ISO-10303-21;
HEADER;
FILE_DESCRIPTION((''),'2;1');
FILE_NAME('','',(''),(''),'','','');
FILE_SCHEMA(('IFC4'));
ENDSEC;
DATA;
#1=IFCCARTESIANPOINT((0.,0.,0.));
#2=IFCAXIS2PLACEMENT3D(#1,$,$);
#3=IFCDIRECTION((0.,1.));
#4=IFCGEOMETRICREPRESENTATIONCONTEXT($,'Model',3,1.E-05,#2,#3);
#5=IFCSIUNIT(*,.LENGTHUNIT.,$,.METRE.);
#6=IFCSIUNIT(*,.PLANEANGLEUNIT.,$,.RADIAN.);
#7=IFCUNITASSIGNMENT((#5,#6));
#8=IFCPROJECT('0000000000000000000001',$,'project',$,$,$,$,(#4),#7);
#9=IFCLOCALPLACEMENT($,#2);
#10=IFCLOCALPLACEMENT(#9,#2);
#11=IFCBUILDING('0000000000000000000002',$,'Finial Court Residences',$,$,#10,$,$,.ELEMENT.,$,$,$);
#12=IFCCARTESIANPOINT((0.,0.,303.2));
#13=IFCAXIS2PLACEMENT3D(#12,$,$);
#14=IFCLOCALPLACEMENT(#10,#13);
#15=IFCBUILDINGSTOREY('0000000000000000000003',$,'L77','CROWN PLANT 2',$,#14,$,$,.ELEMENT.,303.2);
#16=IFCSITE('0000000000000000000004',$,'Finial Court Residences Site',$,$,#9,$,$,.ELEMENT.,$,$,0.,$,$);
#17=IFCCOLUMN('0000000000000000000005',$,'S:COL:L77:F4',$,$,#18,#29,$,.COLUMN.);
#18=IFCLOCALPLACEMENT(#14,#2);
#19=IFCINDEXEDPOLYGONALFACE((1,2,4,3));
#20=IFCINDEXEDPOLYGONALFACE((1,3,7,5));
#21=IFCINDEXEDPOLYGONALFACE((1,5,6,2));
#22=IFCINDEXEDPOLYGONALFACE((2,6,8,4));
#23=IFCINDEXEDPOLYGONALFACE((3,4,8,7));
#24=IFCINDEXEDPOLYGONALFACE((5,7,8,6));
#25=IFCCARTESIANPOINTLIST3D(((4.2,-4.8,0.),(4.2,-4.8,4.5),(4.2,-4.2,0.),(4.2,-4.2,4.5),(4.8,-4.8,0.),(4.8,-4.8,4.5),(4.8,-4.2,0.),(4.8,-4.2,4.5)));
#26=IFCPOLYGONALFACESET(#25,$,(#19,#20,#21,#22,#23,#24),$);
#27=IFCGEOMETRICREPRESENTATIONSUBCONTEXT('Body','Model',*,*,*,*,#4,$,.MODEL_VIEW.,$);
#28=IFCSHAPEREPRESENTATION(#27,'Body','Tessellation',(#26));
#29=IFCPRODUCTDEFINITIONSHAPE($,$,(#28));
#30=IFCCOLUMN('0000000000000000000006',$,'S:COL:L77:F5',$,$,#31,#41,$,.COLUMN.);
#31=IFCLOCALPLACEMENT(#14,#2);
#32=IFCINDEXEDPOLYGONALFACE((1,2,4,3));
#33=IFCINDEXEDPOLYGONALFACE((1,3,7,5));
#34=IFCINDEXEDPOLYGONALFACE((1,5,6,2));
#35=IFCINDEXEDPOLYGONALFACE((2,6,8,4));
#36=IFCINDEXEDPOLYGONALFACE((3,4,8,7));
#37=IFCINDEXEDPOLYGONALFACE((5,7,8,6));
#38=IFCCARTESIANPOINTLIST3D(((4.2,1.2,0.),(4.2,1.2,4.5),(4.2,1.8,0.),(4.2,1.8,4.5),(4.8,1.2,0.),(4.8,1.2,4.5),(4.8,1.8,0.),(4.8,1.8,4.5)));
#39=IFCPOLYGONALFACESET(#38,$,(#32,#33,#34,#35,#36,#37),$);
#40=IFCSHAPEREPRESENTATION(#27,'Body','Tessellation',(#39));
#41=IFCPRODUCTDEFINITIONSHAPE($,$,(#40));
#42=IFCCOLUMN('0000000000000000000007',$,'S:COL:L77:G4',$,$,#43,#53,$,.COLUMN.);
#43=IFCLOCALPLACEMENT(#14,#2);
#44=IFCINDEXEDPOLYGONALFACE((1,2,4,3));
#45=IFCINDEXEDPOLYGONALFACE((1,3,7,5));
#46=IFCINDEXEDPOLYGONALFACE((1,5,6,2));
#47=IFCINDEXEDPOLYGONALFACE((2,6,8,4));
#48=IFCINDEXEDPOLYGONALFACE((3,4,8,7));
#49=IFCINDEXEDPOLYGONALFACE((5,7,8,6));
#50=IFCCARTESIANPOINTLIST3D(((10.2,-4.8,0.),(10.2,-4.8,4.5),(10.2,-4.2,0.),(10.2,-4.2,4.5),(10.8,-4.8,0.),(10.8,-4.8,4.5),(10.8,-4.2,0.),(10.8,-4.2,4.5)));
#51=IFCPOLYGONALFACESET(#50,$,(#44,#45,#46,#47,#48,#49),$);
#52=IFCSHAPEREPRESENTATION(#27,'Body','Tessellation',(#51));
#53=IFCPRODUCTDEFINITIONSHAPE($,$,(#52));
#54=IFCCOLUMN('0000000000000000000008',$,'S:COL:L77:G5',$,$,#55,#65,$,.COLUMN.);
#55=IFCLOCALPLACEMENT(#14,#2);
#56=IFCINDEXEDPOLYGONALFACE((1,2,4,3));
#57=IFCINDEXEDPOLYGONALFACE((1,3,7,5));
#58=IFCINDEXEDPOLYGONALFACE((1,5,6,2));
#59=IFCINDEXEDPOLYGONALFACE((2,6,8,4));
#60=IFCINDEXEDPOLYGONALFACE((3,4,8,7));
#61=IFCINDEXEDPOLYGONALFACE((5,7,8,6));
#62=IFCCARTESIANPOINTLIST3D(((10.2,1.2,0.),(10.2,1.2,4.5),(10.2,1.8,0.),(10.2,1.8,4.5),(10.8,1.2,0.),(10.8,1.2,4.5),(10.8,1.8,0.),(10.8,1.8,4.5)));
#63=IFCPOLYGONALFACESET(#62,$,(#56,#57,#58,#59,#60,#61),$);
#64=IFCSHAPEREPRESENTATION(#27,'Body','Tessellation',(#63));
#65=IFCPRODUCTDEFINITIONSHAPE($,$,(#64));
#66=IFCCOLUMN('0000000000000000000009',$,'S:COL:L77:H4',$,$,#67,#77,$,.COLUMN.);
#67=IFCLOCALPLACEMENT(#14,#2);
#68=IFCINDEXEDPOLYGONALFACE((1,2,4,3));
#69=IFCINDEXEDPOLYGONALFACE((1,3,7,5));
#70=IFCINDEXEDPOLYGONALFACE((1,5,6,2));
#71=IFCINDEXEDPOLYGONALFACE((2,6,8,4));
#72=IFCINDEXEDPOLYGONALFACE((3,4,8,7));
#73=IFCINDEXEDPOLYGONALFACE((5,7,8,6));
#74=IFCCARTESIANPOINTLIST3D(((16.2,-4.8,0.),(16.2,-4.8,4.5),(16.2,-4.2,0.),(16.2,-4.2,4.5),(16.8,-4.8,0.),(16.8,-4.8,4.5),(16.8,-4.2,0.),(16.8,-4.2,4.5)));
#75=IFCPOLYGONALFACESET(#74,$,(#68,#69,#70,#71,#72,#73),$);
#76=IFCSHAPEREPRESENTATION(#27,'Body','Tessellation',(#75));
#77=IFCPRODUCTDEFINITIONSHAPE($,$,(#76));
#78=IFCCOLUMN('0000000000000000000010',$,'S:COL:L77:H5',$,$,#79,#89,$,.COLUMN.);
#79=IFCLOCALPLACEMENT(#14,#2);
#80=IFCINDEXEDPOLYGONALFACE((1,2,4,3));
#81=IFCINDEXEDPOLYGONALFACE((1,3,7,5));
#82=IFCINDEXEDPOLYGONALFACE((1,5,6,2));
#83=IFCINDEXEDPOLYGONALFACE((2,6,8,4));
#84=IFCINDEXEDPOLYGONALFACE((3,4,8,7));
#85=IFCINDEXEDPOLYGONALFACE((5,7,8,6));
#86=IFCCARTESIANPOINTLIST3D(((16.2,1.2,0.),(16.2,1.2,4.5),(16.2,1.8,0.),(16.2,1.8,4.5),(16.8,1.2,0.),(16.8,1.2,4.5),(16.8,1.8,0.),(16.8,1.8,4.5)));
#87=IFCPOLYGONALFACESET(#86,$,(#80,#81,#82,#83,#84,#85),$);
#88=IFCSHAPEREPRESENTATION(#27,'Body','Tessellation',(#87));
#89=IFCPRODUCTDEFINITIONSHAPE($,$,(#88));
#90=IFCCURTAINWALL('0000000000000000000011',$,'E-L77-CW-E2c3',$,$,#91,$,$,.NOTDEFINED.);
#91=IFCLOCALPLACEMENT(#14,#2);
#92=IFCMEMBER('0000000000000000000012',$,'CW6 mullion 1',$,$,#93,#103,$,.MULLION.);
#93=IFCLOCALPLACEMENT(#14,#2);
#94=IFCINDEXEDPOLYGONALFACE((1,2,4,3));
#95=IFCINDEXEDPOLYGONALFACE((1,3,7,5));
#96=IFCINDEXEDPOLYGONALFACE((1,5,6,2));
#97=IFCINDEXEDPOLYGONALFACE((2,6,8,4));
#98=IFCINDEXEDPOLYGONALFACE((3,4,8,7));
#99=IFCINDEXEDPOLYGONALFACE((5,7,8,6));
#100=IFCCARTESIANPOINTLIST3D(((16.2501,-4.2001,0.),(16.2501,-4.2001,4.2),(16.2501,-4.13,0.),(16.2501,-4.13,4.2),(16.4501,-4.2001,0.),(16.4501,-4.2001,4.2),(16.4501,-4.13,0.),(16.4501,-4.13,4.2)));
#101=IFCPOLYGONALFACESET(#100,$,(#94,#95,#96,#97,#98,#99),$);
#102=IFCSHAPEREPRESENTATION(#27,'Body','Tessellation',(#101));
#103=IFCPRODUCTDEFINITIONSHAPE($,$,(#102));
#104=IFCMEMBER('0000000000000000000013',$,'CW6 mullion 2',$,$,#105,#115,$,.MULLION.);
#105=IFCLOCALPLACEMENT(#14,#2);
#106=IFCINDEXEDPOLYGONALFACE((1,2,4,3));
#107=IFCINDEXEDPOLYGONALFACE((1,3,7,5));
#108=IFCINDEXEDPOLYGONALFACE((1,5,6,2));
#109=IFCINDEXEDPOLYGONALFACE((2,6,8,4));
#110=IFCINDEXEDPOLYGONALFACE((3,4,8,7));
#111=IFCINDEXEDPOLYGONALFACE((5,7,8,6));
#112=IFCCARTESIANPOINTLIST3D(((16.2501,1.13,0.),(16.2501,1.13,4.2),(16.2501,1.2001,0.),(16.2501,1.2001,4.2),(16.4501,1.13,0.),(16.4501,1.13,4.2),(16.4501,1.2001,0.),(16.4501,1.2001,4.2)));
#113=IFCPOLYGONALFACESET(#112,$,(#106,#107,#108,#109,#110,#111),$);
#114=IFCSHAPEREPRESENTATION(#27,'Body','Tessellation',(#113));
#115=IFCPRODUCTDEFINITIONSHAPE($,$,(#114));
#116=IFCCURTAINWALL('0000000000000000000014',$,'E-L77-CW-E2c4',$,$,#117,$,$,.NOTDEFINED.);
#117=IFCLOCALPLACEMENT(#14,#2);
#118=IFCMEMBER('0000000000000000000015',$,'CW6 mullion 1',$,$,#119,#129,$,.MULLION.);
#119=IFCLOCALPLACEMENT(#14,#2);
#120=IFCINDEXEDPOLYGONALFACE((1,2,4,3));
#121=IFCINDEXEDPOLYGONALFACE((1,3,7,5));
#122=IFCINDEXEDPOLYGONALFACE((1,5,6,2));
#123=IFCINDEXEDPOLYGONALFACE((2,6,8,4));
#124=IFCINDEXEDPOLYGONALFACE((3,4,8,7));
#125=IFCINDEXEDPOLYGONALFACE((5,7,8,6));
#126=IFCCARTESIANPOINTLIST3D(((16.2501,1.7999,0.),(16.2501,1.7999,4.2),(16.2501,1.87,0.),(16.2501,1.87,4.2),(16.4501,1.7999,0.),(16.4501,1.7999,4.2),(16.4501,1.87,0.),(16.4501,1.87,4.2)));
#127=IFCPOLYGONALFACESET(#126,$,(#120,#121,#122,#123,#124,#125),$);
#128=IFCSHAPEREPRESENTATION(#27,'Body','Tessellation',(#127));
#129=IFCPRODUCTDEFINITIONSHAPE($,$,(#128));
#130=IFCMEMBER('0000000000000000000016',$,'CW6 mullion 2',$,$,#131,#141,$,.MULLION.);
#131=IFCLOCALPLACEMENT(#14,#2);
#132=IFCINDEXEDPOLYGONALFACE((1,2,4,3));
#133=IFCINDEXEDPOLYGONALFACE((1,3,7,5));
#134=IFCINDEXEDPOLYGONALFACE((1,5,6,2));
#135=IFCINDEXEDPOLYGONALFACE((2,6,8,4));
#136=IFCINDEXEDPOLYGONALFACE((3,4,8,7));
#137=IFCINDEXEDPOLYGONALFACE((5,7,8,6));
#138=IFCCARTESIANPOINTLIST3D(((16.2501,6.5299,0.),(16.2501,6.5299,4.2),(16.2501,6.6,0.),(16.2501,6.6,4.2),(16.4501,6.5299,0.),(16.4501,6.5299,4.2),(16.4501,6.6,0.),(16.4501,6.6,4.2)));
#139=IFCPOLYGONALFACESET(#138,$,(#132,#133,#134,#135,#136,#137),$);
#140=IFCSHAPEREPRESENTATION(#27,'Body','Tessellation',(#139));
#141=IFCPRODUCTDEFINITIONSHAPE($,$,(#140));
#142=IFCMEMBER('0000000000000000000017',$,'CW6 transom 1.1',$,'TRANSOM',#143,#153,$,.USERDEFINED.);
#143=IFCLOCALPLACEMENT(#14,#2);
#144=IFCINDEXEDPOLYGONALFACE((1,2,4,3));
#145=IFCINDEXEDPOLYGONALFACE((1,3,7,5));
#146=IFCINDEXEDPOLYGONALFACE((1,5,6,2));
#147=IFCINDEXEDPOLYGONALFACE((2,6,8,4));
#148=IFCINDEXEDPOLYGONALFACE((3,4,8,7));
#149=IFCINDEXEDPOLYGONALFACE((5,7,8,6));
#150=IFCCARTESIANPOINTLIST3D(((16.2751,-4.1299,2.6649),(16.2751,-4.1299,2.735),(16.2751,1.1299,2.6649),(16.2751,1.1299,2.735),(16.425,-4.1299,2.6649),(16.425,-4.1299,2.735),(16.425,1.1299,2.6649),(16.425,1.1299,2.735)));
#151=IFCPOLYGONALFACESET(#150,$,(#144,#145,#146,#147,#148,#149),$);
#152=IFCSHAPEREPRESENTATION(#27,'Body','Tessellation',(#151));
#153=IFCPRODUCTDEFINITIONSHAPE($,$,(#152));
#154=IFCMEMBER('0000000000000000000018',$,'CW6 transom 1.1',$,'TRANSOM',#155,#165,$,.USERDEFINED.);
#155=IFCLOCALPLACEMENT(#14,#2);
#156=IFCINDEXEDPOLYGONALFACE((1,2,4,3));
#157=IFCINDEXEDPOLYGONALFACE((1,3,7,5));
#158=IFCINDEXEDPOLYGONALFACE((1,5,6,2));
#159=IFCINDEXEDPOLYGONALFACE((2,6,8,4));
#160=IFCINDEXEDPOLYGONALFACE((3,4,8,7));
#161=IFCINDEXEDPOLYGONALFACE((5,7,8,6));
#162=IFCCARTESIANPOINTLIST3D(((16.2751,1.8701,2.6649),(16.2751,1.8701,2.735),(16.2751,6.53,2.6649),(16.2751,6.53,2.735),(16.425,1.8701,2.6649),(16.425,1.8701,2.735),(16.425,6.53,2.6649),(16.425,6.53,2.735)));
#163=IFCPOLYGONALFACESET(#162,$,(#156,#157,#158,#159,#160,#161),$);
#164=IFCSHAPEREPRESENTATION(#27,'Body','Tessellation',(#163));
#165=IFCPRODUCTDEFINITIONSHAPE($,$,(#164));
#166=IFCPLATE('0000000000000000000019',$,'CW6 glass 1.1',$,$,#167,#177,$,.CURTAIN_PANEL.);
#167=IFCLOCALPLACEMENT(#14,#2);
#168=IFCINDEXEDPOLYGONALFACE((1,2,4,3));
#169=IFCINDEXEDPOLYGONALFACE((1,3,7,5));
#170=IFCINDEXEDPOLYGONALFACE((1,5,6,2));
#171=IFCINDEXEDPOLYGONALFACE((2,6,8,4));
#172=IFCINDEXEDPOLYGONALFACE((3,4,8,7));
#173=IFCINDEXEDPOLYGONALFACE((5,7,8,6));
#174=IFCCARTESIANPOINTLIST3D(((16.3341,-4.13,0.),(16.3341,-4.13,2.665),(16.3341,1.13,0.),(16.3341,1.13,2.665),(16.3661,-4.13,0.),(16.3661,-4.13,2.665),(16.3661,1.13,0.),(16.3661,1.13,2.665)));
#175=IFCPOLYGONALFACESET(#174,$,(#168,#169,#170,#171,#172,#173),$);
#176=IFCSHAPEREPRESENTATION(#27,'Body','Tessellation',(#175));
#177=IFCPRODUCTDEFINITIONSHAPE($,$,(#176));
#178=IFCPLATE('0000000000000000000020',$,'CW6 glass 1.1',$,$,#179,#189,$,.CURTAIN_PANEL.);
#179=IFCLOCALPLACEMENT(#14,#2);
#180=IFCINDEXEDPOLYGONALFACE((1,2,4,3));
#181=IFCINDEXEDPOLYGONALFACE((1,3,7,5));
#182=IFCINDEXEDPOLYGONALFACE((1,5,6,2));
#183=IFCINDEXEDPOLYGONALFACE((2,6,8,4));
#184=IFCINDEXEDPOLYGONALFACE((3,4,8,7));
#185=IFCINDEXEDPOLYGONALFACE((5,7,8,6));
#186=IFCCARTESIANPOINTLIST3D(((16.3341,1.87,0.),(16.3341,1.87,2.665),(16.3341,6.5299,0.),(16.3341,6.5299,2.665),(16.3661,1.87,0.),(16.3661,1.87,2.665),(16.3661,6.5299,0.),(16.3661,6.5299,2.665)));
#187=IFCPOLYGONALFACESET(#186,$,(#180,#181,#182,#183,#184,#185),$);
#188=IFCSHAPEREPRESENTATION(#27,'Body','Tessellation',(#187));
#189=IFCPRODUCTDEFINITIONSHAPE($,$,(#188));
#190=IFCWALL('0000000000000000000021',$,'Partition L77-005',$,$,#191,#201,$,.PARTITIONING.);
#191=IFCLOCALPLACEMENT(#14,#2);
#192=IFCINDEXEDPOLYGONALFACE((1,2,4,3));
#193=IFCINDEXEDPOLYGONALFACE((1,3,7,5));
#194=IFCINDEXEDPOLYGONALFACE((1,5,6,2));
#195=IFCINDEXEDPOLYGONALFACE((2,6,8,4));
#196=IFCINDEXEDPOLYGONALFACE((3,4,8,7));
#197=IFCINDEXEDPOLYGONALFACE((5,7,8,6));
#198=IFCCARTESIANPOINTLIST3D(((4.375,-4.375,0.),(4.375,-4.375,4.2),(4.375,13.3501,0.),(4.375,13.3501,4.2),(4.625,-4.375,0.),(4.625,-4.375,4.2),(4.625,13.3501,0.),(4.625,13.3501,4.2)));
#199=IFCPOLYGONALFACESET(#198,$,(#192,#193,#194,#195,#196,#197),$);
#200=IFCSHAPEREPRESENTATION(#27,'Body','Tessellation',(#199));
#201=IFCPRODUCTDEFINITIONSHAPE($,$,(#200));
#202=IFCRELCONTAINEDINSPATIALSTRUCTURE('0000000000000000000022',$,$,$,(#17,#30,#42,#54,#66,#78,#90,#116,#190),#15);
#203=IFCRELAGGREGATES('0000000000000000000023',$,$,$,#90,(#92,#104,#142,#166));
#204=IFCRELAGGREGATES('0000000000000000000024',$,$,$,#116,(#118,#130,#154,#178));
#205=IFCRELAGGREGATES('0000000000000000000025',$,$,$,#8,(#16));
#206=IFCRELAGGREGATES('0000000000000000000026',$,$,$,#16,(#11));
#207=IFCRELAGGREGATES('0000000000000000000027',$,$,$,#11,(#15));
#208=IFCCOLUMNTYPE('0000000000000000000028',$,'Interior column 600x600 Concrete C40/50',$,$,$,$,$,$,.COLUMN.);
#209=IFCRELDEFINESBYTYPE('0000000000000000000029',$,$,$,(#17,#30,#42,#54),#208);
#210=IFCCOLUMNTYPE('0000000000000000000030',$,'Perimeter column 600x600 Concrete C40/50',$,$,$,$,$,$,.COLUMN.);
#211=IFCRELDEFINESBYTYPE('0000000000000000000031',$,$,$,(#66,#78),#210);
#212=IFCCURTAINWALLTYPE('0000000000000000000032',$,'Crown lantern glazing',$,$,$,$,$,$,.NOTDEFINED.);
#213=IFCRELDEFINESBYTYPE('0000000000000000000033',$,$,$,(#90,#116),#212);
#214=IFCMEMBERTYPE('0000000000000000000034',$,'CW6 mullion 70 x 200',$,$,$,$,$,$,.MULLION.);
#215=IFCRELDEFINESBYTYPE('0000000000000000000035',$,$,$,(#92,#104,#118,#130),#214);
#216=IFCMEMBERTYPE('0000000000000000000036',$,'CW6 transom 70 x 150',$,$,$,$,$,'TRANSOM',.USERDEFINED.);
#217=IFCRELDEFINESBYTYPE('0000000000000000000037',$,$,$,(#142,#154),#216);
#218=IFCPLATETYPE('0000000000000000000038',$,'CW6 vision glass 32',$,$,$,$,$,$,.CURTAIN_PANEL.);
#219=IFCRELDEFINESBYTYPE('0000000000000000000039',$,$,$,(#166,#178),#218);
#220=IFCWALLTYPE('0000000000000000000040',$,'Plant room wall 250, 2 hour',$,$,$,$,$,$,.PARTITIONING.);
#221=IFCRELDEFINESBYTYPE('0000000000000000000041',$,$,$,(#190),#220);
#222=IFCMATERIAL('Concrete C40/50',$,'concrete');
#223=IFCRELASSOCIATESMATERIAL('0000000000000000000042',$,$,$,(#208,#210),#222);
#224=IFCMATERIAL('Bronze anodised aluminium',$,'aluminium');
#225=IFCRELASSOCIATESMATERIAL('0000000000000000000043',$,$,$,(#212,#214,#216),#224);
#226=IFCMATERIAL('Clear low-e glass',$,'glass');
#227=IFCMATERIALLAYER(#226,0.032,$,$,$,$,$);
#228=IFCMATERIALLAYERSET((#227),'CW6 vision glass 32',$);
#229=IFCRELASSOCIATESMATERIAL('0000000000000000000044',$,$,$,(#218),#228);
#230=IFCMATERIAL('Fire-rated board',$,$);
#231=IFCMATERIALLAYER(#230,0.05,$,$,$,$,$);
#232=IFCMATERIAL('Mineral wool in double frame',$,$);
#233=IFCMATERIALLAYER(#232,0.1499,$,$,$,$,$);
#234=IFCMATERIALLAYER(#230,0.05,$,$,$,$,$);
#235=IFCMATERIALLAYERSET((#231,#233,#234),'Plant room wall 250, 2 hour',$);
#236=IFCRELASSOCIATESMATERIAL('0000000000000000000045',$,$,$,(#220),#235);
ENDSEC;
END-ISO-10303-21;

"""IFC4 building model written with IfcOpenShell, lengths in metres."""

from ifc_helpers import new_model, si_unit, direction, frame, frame_2d, origin, origin_2d, place, context, subcontext, project, spatial, rectangle, extrude, material, layer, layer_set, material_profile, profile_set, type_object, element, aggregate, save


model = new_model("IFC4")

# Units and contexts
model_context = context("Model", 3, precision=1e-05, world=origin(), true_north=direction((0.0, 1.0)))
body_context = subcontext(model_context, "Body", "Model", "MODEL_VIEW")
ifc_project = project(units=[si_unit("LENGTHUNIT", "METRE"), si_unit("PLANEANGLEUNIT", "RADIAN")], contexts=[model_context])

# Site, building, storey
site_placement = place(None, origin())
site = spatial("IfcSite", under=ifc_project, at=site_placement, Name="Finial Court Residences Site", CompositionType="ELEMENT", RefElevation=0.0)
building_placement = place(site_placement, origin())
building = spatial("IfcBuilding", under=site, at=building_placement, Name="Finial Court Residences", CompositionType="ELEMENT")
storey_placement = place(building_placement, frame((0.0, 0.0, 303.2)))
storey = spatial("IfcBuildingStorey", under=building, at=storey_placement, Name="L77", Description="CROWN PLANT 2", CompositionType="ELEMENT", Elevation=303.2)

# Columns
ifc_material_1 = material(Name="Concrete C40/50", Category="concrete")
ifc_material_profile_1 = material_profile(ifc_material_1, rectangle(XDim=0.6001, YDim=0.6001, at=origin_2d()), Name="600x600")
ifc_profile_set_1 = profile_set([ifc_material_profile_1], Name="Concrete C40/50")
column_type_1 = type_object("IfcColumnType", Name="Interior column 600x600 Concrete C40/50", PredefinedType="COLUMN", material=ifc_profile_set_1)
for number, where, z_axis, x_axis, name in (
    (1, (4.5, -4.5, 0.0), (0.0, 0.0, 1.0), (1.0, 0.0, 0.0), "S:COL:L77:F4"),
    (2, (4.5, 1.5, 0.0), (0.0, 0.0, 1.0), (1.0, 0.0, 0.0), "S:COL:L77:F5"),
    (3, (10.5, -4.5, 0.0), (0.0, 0.0, 1.0), (1.0, 0.0, 0.0), "S:COL:L77:G4"),
    (4, (10.5, 1.5, 0.0), (0.0, 0.0, 1.0), (1.0, 0.0, 0.0), "S:COL:L77:G5"),
):
    element("IfcColumn", number, at=place(storey_placement, frame(where, z_axis=z_axis, x_axis=x_axis)), inside=storey, type_object=column_type_1, Name=name, PredefinedType="COLUMN", context=body_context, shape_type="SweptSolid", body=[
        extrude(rectangle(XDim=0.6001, YDim=0.6001, at=origin_2d()), origin(), (0.0, 0.0, 1.0), 4.5),
    ])
ifc_material_profile_2 = material_profile(ifc_material_1, rectangle(XDim=0.6001, YDim=0.6001, at=origin_2d()), Name="600x600")
ifc_profile_set_2 = profile_set([ifc_material_profile_2], Name="Concrete C40/50")
column_type_2 = type_object("IfcColumnType", Name="Perimeter column 600x600 Concrete C40/50", PredefinedType="COLUMN", material=ifc_profile_set_2)
for number, where, z_axis, x_axis, name in (
    (5, (16.5, -4.5, 0.0), (0.0, 0.0, 1.0), (1.0, 0.0, 0.0), "S:COL:L77:H4"),
    (6, (16.5, 1.5, 0.0), (0.0, 0.0, 1.0), (1.0, 0.0, 0.0), "S:COL:L77:H5"),
):
    element("IfcColumn", number, at=place(storey_placement, frame(where, z_axis=z_axis, x_axis=x_axis)), inside=storey, type_object=column_type_2, Name=name, PredefinedType="COLUMN", context=body_context, shape_type="SweptSolid", body=[
        extrude(rectangle(XDim=0.6001, YDim=0.6001, at=origin_2d()), origin(), (0.0, 0.0, 1.0), 4.5),
    ])

# Curtain walls, members
ifc_material_2 = material(Name="Bronze anodised aluminium", Category="aluminium")
curtain_wall_type = type_object("IfcCurtainWallType", Name="Crown lantern glazing", PredefinedType="NOTDEFINED", material=ifc_material_2)
curtain_wall_1_placement = place(storey_placement, origin())
curtain_wall_1 = element("IfcCurtainWall", 7, at=curtain_wall_1_placement, inside=storey, type_object=curtain_wall_type, Name="E-L77-CW-E2c3", PredefinedType="NOTDEFINED")
ifc_material_profile_3 = material_profile(ifc_material_2, rectangle(XDim=0.2, YDim=0.0701, at=origin_2d()), Name="CW6 mullion 70 x 200")
ifc_profile_set_3 = profile_set([ifc_material_profile_3], Name="Bronze anodised aluminium")
member_type_1 = type_object("IfcMemberType", Name="CW6 mullion 70 x 200", PredefinedType="MULLION", material=ifc_profile_set_3)
member_1_placement = place(storey_placement, frame((16.3501, -4.165, 0.0), z_axis=(0.0, 0.0, 1.0), x_axis=(-1.0, 0.0, 0.0)))
member_1 = element("IfcMember", 8, at=member_1_placement, type_object=member_type_1, Name="CW6 mullion 1", PredefinedType="MULLION", context=body_context, shape_type="SweptSolid", body=[
    extrude(rectangle(XDim=0.2, YDim=0.0701, at=origin_2d()), origin(), (0.0, 0.0, 1.0), 4.2),
])
member_2_placement = place(storey_placement, frame((16.3501, 1.165, 0.0), z_axis=(0.0, 0.0, 1.0), x_axis=(-1.0, 0.0, 0.0)))
member_2 = element("IfcMember", 9, at=member_2_placement, type_object=member_type_1, Name="CW6 mullion 2", PredefinedType="MULLION", context=body_context, shape_type="SweptSolid", body=[
    extrude(rectangle(XDim=0.2, YDim=0.0701, at=origin_2d()), origin(), (0.0, 0.0, 1.0), 4.2),
])
curtain_wall_2_placement = place(storey_placement, origin())
curtain_wall_2 = element("IfcCurtainWall", 10, at=curtain_wall_2_placement, inside=storey, type_object=curtain_wall_type, Name="E-L77-CW-E2c4", PredefinedType="NOTDEFINED")
member_3_placement = place(storey_placement, frame((16.3501, 1.835, 0.0), z_axis=(0.0, 0.0, 1.0), x_axis=(-1.0, 0.0, 0.0)))
member_3 = element("IfcMember", 11, at=member_3_placement, type_object=member_type_1, Name="CW6 mullion 1", PredefinedType="MULLION", context=body_context, shape_type="SweptSolid", body=[
    extrude(rectangle(XDim=0.2, YDim=0.0701, at=origin_2d()), origin(), (0.0, 0.0, 1.0), 4.2),
])
member_4_placement = place(storey_placement, frame((16.3501, 6.5649, 0.0), z_axis=(0.0, 0.0, 1.0), x_axis=(-1.0, 0.0, 0.0)))
member_4 = element("IfcMember", 12, at=member_4_placement, type_object=member_type_1, Name="CW6 mullion 2", PredefinedType="MULLION", context=body_context, shape_type="SweptSolid", body=[
    extrude(rectangle(XDim=0.2, YDim=0.0701, at=origin_2d()), origin(), (0.0, 0.0, 1.0), 4.2),
])

# Members
ifc_material_profile_4 = material_profile(ifc_material_2, rectangle(XDim=0.1499, YDim=0.0701, at=origin_2d()), Name="CW6 transom 70 x 150")
ifc_profile_set_4 = profile_set([ifc_material_profile_4], Name="Bronze anodised aluminium")
member_type_2 = type_object("IfcMemberType", Name="CW6 transom 70 x 150", ElementType="TRANSOM", PredefinedType="USERDEFINED", material=ifc_profile_set_4)
member_5_placement = place(storey_placement, frame((16.3501, -4.1299, 2.7), z_axis=(0.0, 1.0, 0.0), x_axis=(-1.0, 0.0, 0.0)))
member_5 = element("IfcMember", 13, at=member_5_placement, type_object=member_type_2, Name="CW6 transom 1.1", ObjectType="TRANSOM", PredefinedType="USERDEFINED", context=body_context, shape_type="SweptSolid", body=[
    extrude(rectangle(XDim=0.1499, YDim=0.0701, at=origin_2d()), origin(), (0.0, 0.0, 1.0), 5.2598),
])
member_6_placement = place(storey_placement, frame((16.3501, 1.8701, 2.7), z_axis=(0.0, 1.0, 0.0), x_axis=(-1.0, 0.0, 0.0)))
member_6 = element("IfcMember", 14, at=member_6_placement, type_object=member_type_2, Name="CW6 transom 1.1", ObjectType="TRANSOM", PredefinedType="USERDEFINED", context=body_context, shape_type="SweptSolid", body=[
    extrude(rectangle(XDim=0.1499, YDim=0.0701, at=origin_2d()), origin(), (0.0, 0.0, 1.0), 4.6599),
])

# Plates
ifc_material_3 = material(Name="Clear low-e glass", Category="glass")
ifc_layer_1 = layer(ifc_material_3, 0.032)
ifc_layer_set_1 = layer_set([ifc_layer_1], Name="CW6 vision glass 32")
plate_type = type_object("IfcPlateType", Name="CW6 vision glass 32", PredefinedType="CURTAIN_PANEL", material=ifc_layer_set_1)
plate_1_placement = place(storey_placement, frame((16.3501, -1.5, 0.0), z_axis=(0.0, 0.0, 1.0), x_axis=(0.0, 1.0, 0.0)))
plate_1 = element("IfcPlate", 15, at=plate_1_placement, type_object=plate_type, Name="CW6 glass 1.1", PredefinedType="CURTAIN_PANEL", context=body_context, shape_type="SweptSolid", body=[
    extrude(rectangle(XDim=5.26, YDim=0.032, at=origin_2d()), origin(), (0.0, 0.0, 1.0), 2.665),
])
plate_2_placement = place(storey_placement, frame((16.3501, 4.2, 0.0), z_axis=(0.0, 0.0, 1.0), x_axis=(0.0, 1.0, 0.0)))
plate_2 = element("IfcPlate", 16, at=plate_2_placement, type_object=plate_type, Name="CW6 glass 1.1", PredefinedType="CURTAIN_PANEL", context=body_context, shape_type="SweptSolid", body=[
    extrude(rectangle(XDim=4.6599, YDim=0.032, at=origin_2d()), origin(), (0.0, 0.0, 1.0), 2.665),
])

# Wall
ifc_material_4 = material(Name="Fire-rated board")
ifc_layer_2 = layer(ifc_material_4, 0.05)
ifc_material_5 = material(Name="Mineral wool in double frame")
ifc_layer_3 = layer(ifc_material_5, 0.1499)
ifc_layer_4 = layer(ifc_material_4, 0.05)
ifc_layer_set_2 = layer_set([ifc_layer_2, ifc_layer_3, ifc_layer_4], Name="Plant room wall 250, 2 hour")
wall_type = type_object("IfcWallType", Name="Plant room wall 250, 2 hour", PredefinedType="PARTITIONING", material=ifc_layer_set_2)
for number, where, z_axis, x_axis, name in (
    (17, (4.5, -4.375, 0.0), (0.0, 0.0, 1.0), (0.0, 1.0, 0.0), "Partition L77-005"),
):
    element("IfcWall", number, at=place(storey_placement, frame(where, z_axis=z_axis, x_axis=x_axis)), inside=storey, type_object=wall_type, Name=name, PredefinedType="PARTITIONING", context=body_context, shape_type="SweptSolid", body=[
        extrude(rectangle(XDim=17.7251, YDim=0.25, at=frame_2d((8.8625, 0.0))), origin(), (0.0, 0.0, 1.0), 4.2),
    ])

aggregate(curtain_wall_1, [member_1, member_2, member_5, plate_1])
aggregate(curtain_wall_2, [member_3, member_4, member_6, plate_2])

save(model, "model.ifc")
